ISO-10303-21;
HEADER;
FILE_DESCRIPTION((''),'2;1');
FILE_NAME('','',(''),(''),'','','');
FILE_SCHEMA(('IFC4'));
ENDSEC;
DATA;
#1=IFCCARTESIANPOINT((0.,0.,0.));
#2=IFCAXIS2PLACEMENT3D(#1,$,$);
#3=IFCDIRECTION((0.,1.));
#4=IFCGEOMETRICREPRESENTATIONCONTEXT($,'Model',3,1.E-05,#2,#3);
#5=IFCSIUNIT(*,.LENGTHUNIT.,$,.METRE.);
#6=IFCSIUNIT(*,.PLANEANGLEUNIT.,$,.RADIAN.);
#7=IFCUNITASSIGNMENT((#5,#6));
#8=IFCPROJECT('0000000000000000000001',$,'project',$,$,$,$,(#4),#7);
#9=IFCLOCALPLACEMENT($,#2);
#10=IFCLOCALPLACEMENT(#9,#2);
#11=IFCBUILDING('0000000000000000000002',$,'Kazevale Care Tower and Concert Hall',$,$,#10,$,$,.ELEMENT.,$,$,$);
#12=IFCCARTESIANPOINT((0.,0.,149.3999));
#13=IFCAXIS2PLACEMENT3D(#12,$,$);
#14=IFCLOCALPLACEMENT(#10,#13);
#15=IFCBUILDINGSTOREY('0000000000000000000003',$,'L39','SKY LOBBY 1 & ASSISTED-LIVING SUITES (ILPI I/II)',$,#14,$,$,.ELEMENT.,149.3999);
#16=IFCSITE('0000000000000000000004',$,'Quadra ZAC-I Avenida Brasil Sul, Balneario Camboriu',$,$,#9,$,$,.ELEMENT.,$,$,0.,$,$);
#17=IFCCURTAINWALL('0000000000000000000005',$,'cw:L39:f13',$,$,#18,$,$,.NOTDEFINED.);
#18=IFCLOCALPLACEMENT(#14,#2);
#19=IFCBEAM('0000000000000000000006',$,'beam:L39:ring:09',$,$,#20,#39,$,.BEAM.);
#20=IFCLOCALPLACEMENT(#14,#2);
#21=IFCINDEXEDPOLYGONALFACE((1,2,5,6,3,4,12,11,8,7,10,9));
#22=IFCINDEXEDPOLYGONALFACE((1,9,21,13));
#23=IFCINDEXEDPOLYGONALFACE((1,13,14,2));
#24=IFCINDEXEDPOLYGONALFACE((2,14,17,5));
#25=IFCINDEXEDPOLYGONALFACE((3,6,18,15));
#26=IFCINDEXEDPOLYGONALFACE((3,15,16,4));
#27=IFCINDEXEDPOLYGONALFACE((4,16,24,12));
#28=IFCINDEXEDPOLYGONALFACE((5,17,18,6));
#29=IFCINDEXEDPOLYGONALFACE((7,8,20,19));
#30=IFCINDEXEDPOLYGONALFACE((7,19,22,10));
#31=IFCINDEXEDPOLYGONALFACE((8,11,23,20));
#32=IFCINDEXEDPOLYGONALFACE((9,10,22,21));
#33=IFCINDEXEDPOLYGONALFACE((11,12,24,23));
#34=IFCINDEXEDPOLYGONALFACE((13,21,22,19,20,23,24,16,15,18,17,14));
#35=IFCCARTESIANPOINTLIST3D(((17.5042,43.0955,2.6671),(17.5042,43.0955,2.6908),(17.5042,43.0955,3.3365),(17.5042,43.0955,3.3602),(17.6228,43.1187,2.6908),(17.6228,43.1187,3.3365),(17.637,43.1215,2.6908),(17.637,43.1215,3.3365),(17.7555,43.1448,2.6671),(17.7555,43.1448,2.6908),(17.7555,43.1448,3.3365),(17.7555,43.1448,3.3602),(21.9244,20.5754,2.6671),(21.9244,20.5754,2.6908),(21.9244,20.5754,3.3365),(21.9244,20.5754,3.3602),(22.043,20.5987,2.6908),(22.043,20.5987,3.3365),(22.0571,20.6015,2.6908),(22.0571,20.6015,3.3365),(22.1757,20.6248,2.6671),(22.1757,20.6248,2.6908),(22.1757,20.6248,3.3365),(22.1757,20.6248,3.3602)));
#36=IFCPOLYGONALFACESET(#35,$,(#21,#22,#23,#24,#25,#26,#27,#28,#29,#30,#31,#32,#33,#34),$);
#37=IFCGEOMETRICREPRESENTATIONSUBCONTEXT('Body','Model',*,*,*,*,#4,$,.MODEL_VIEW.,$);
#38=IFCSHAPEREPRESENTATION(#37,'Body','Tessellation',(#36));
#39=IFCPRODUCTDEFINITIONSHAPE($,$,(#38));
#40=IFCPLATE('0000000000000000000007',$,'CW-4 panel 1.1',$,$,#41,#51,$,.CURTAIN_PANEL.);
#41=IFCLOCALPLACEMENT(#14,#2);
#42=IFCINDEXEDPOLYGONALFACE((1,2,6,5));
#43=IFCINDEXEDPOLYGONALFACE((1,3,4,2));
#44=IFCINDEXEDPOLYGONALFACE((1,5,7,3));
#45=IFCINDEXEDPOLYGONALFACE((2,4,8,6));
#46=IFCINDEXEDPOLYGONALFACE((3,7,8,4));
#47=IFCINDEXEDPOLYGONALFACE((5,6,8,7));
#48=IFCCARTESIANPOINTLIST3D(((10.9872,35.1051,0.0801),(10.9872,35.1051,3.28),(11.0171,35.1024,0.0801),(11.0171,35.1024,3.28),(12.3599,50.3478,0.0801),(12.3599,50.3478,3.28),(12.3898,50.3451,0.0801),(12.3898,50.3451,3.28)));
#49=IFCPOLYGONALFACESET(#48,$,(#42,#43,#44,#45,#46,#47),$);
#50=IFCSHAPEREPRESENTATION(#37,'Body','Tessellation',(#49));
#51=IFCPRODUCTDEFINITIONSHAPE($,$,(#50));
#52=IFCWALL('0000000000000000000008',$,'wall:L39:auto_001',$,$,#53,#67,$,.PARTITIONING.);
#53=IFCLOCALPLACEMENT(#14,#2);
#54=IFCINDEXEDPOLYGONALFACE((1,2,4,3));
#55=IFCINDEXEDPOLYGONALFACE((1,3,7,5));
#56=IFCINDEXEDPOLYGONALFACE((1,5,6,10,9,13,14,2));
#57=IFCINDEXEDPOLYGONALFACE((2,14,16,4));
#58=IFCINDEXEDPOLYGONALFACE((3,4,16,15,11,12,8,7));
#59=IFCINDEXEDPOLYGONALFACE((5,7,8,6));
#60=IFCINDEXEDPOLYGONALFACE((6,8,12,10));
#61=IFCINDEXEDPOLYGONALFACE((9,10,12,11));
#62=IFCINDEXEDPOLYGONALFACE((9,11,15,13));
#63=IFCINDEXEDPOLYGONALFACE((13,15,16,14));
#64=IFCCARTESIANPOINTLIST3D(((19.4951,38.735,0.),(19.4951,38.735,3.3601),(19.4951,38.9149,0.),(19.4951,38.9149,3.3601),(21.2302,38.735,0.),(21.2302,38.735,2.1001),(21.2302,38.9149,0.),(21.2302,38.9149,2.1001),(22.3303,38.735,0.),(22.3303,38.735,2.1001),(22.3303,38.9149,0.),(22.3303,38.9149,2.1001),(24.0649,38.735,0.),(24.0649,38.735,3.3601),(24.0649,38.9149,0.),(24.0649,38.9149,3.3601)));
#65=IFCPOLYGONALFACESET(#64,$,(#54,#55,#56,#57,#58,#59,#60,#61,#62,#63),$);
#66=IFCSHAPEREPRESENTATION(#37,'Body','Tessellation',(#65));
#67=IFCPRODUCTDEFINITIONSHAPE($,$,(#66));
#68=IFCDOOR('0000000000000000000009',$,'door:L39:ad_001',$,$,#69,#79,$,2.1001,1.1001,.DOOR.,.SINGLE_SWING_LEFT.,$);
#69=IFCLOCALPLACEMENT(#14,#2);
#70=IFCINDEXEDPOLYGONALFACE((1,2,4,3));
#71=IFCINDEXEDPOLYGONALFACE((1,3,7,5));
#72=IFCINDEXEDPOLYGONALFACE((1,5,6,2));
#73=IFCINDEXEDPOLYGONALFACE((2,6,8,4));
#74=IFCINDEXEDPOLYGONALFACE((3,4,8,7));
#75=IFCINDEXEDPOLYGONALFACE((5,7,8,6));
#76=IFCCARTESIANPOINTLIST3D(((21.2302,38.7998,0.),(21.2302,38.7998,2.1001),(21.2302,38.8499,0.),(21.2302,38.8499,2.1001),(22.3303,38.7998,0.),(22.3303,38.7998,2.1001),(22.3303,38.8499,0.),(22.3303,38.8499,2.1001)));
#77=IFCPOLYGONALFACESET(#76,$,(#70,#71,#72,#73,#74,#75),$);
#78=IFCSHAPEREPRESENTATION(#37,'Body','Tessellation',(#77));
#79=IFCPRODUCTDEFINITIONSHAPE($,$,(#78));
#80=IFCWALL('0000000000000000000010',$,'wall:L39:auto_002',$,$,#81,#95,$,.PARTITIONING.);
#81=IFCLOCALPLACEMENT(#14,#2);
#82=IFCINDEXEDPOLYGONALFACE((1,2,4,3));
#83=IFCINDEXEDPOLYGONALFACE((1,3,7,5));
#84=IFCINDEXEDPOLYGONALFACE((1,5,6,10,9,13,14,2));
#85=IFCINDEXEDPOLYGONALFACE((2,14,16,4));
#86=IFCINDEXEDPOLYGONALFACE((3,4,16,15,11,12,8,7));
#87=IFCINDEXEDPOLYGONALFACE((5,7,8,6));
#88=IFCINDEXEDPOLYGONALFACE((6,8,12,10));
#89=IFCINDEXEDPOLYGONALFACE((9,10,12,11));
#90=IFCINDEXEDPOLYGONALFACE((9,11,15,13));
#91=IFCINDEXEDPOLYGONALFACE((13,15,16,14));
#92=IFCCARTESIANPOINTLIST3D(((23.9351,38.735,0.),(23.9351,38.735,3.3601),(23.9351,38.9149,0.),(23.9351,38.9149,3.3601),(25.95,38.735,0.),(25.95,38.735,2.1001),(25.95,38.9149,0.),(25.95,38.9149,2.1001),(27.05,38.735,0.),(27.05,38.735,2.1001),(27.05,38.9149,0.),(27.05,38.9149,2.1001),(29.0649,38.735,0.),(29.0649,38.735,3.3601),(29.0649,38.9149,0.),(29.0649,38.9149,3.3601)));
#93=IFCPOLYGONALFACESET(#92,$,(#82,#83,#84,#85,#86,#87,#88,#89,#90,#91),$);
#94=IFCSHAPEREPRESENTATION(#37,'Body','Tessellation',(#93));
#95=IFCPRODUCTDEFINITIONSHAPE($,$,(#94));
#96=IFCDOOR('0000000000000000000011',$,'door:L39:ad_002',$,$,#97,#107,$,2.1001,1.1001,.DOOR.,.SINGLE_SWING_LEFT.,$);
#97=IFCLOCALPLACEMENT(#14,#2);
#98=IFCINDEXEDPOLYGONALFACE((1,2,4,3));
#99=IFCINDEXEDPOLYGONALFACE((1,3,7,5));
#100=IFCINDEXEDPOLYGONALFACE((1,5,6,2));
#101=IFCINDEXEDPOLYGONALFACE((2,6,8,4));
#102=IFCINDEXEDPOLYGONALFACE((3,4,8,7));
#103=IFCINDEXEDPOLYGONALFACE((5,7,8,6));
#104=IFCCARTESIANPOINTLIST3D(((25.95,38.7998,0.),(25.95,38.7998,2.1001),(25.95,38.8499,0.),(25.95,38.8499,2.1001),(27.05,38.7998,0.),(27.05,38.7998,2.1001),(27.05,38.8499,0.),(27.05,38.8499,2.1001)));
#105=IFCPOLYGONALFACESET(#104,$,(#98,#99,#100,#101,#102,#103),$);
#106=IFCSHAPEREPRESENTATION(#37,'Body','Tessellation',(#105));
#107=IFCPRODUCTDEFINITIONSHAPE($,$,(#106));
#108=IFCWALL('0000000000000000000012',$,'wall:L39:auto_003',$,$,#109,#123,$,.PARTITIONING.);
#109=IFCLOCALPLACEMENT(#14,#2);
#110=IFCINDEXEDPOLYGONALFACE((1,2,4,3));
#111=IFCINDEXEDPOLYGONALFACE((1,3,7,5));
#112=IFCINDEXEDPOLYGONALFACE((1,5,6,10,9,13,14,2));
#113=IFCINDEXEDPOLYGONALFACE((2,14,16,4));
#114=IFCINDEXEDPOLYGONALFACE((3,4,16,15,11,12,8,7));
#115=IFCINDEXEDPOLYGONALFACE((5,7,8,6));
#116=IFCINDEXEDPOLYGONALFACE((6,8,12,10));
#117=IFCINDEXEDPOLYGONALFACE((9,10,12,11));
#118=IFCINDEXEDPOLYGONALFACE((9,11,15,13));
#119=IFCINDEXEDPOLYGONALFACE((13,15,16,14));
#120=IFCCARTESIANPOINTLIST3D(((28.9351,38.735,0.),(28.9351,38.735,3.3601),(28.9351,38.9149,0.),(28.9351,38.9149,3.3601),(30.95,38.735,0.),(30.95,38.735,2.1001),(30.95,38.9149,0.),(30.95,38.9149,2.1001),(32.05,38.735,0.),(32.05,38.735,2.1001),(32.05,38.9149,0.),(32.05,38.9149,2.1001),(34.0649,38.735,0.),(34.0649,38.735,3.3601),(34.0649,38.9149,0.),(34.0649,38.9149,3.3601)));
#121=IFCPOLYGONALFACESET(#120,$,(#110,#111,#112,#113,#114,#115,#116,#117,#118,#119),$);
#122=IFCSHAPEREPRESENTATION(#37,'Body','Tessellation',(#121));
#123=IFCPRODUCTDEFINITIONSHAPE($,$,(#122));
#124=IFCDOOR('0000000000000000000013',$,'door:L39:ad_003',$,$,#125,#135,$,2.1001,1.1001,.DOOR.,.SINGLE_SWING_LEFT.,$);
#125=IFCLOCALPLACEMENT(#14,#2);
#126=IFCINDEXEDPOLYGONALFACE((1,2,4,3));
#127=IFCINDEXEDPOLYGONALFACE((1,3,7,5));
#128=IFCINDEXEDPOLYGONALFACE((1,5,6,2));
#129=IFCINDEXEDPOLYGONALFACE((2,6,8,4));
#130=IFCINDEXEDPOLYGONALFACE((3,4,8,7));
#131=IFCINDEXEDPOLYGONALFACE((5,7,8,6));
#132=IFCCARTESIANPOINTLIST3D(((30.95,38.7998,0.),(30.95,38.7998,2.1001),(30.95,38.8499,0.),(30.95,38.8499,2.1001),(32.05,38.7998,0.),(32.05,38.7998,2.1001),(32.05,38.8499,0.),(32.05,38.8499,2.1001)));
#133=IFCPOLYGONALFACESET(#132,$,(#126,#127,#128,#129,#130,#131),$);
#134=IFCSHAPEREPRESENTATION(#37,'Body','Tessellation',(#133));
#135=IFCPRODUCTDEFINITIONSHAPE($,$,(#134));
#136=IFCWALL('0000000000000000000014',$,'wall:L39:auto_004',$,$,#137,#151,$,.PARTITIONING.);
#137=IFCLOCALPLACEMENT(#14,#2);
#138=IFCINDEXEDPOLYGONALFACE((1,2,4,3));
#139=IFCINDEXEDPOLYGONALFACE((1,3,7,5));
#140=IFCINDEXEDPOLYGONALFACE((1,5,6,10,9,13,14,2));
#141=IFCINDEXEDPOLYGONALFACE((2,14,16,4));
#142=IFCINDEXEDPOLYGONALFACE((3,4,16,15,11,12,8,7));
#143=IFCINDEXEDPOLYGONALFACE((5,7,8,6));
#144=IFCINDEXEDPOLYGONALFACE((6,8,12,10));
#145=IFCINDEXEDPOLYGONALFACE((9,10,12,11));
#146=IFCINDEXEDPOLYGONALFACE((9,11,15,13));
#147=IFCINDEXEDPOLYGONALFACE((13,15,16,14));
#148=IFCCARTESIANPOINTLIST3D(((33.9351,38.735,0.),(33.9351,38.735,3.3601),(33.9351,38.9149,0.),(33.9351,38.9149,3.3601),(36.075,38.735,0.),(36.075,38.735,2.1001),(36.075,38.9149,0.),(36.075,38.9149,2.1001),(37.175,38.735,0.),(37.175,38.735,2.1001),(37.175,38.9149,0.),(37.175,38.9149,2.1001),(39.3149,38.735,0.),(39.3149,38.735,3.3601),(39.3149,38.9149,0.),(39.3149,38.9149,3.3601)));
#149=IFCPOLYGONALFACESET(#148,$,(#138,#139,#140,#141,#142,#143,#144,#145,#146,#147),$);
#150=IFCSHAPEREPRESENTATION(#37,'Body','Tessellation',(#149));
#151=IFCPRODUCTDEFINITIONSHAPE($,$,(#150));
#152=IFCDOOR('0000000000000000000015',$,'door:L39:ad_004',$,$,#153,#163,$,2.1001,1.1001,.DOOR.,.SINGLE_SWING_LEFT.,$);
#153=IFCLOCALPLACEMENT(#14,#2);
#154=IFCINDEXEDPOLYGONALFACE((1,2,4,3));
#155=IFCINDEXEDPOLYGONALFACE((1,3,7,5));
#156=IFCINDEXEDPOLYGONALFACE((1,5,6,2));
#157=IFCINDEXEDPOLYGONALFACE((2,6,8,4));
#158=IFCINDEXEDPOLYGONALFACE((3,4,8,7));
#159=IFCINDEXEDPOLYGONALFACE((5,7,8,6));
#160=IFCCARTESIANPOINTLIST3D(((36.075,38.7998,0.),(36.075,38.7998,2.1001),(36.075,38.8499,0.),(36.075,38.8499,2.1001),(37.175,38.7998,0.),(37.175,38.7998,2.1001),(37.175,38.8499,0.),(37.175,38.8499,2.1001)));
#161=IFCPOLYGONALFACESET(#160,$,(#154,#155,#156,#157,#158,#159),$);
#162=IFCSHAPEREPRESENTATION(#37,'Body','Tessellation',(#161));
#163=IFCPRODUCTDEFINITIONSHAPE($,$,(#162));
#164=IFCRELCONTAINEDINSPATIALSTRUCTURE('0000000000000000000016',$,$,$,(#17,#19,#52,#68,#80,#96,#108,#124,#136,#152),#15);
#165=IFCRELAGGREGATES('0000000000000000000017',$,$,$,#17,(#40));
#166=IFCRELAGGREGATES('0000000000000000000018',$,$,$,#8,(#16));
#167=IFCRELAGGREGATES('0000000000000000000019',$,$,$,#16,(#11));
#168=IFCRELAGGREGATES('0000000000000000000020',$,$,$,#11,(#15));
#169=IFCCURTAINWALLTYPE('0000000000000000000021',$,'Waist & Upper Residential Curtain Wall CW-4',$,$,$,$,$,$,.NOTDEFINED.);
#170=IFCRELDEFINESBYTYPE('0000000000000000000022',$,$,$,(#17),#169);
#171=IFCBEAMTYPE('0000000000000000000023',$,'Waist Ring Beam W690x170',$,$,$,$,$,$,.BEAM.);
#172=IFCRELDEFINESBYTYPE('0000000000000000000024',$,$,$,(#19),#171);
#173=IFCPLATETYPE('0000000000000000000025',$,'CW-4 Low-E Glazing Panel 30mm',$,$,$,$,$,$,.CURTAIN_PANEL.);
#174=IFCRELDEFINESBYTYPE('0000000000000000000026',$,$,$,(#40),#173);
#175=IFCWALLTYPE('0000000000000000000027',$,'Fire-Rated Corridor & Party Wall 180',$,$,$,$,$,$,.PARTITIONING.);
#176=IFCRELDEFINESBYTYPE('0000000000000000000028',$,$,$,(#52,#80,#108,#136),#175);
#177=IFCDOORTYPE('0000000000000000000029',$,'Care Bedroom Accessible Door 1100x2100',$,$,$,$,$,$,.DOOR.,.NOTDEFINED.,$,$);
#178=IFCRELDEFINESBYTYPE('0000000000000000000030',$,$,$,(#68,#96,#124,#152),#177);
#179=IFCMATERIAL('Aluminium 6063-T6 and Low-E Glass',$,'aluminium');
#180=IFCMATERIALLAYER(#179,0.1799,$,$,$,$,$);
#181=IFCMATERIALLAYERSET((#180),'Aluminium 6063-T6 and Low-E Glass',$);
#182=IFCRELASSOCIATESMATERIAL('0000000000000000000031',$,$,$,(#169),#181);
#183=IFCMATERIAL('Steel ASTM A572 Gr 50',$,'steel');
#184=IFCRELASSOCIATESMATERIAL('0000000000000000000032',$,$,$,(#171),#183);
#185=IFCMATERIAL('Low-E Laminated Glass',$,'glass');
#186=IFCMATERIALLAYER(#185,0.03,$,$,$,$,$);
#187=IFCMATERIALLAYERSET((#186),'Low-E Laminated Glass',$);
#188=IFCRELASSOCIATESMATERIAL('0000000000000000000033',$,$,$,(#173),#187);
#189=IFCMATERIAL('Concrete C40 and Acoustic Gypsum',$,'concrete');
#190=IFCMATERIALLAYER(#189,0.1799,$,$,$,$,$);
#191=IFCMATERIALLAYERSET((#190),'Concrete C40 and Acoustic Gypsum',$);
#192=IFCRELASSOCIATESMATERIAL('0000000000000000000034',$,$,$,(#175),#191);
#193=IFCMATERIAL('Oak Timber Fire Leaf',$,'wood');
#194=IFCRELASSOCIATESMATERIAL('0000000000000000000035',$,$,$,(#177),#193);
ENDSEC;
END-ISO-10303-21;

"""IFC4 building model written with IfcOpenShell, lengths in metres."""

from ifc_helpers import new_model, si_unit, direction, frame, frame_2d, origin, origin_2d, place, context, subcontext, project, spatial, rectangle, i_section, extrude, material, layer, layer_set, material_profile, profile_set, type_object, element, fill, aggregate, save


model = new_model("IFC4")

# Units and contexts
model_context = context("Model", 3, precision=1e-05, world=origin(), true_north=direction((0.0, 1.0)))
body_context = subcontext(model_context, "Body", "Model", "MODEL_VIEW")
ifc_project = project(units=[si_unit("LENGTHUNIT", "METRE"), si_unit("PLANEANGLEUNIT", "RADIAN")], contexts=[model_context])

# Site, building, storey
site_placement = place(None, origin())
site = spatial("IfcSite", under=ifc_project, at=site_placement, Name="Quadra ZAC-I Avenida Brasil Sul, Balneario Camboriu", CompositionType="ELEMENT", RefElevation=0.0)
building_placement = place(site_placement, origin())
building = spatial("IfcBuilding", under=site, at=building_placement, Name="Kazevale Care Tower and Concert Hall", CompositionType="ELEMENT")
storey_placement = place(building_placement, frame((0.0, 0.0, 149.3999)))
storey = spatial("IfcBuildingStorey", under=building, at=storey_placement, Name="L39", Description="SKY LOBBY 1 & ASSISTED-LIVING SUITES (ILPI I/II)", CompositionType="ELEMENT", Elevation=149.3999)

# Curtain wall
ifc_material_1 = material(Name="Aluminium 6063-T6 and Low-E Glass", Category="aluminium")
ifc_layer_1 = layer(ifc_material_1, 0.1799)
ifc_layer_set_1 = layer_set([ifc_layer_1], Name="Aluminium 6063-T6 and Low-E Glass")
curtain_wall_type = type_object("IfcCurtainWallType", Name="Waist & Upper Residential Curtain Wall CW-4", PredefinedType="NOTDEFINED", material=ifc_layer_set_1)
curtain_wall_placement = place(storey_placement, origin())
curtain_wall = element("IfcCurtainWall", 1, at=curtain_wall_placement, inside=storey, type_object=curtain_wall_type, Name="cw:L39:f13", PredefinedType="NOTDEFINED")

# Beam
ifc_material_2 = material(Name="Steel ASTM A572 Gr 50", Category="steel")
ifc_material_profile_1 = material_profile(ifc_material_2, i_section(OverallWidth=0.2561, OverallDepth=0.6931, WebThickness=0.0144, FlangeThickness=0.0237, at=origin_2d()), Name="W690x170")
ifc_profile_set_1 = profile_set([ifc_material_profile_1], Name="Steel ASTM A572 Gr 50")
beam_type_1 = type_object("IfcBeamType", Name="Waist Ring Beam W690x170", PredefinedType="BEAM", material=ifc_profile_set_1)
beam_1_placement = place(storey_placement, frame((17.6299, 43.1201, 3.0137), z_axis=(0.192602, -0.981277, 0.0), x_axis=(0.981277, 0.192602, 0.0)))
element("IfcBeam", 2, at=beam_1_placement, inside=storey, type_object=beam_type_1, Name="beam:L39:ring:09", PredefinedType="BEAM", context=body_context, shape_type="SweptSolid", body=[
    extrude(i_section(OverallWidth=0.2561, OverallDepth=0.6931, WebThickness=0.0144, FlangeThickness=0.0237, at=origin_2d()), origin(), (0.0, 0.0, 1.0), 22.9497),
])

# Plate
ifc_material_3 = material(Name="Low-E Laminated Glass", Category="glass")
ifc_layer_2 = layer(ifc_material_3, 0.03)
ifc_layer_set_2 = layer_set([ifc_layer_2], Name="Low-E Laminated Glass")
plate_type = type_object("IfcPlateType", Name="CW-4 Low-E Glazing Panel 30mm", PredefinedType="CURTAIN_PANEL", material=ifc_layer_set_2)
plate_placement = place(storey_placement, frame((11.6885, 42.7251, 0.0801), z_axis=(0.0, 0.0, 1.0), x_axis=(0.08969, 0.99597, 0.0)))
plate = element("IfcPlate", 3, at=plate_placement, type_object=plate_type, Name="CW-4 panel 1.1", PredefinedType="CURTAIN_PANEL", context=body_context, shape_type="SweptSolid", body=[
    extrude(rectangle(XDim=15.3044, YDim=0.03, at=origin_2d()), origin(), (0.0, 0.0, 1.0), 3.2),
])
aggregate(curtain_wall, [plate])

# Walls, openings, doors
ifc_material_4 = material(Name="Concrete C40 and Acoustic Gypsum", Category="concrete")
ifc_layer_3 = layer(ifc_material_4, 0.1799)
ifc_layer_set_3 = layer_set([ifc_layer_3], Name="Concrete C40 and Acoustic Gypsum")
wall_type = type_object("IfcWallType", Name="Fire-Rated Corridor & Party Wall 180", PredefinedType="PARTITIONING", material=ifc_layer_set_3)
wall_1_placement = place(storey_placement, frame((19.4951, 38.825, 0.0), z_axis=(0.0, 0.0, 1.0), x_axis=(1.0, 0.0, 0.0)))
wall_1 = element("IfcWall", 4, at=wall_1_placement, inside=storey, type_object=wall_type, Name="wall:L39:auto_001", PredefinedType="PARTITIONING", context=body_context, shape_type="SweptSolid", body=[
    extrude(rectangle(XDim=4.5698, YDim=0.1799, at=frame_2d((2.2849, 0.0))), origin(), (0.0, 0.0, 1.0), 3.3601),
])
opening_1_placement = place(wall_1_placement, frame((1.7351, 0.0, 0.0)))
opening_1 = element("IfcOpeningElement", 5, at=opening_1_placement, cuts=wall_1, PredefinedType="OPENING", context=body_context, shape_type="SweptSolid", body=[
    extrude(rectangle(XDim=1.1001, YDim=2.1001, at=frame_2d((0.55, 1.05))), frame((0.0, 0.0999, 0.0), z_axis=(0.0, -1.0, 0.0), x_axis=(1.0, 0.0, 0.0)), (0.0, 0.0, 1.0), 0.2),
])
ifc_material_5 = material(Name="Oak Timber Fire Leaf", Category="wood")
door_type = type_object("IfcDoorType", Name="Care Bedroom Accessible Door 1100x2100", OperationType="NOTDEFINED", PredefinedType="DOOR", material=ifc_material_5)
door_1_placement = place(opening_1_placement, origin())
door_1 = element("IfcDoor", 6, at=door_1_placement, inside=storey, type_object=door_type, Name="door:L39:ad_001", OperationType="SINGLE_SWING_LEFT", OverallHeight=2.1001, OverallWidth=1.1001, PredefinedType="DOOR", context=body_context, shape_type="SweptSolid", body=[
    extrude(rectangle(XDim=1.1001, YDim=2.1001, at=frame_2d((0.55, 1.05))), frame((0.0, 0.0249, 0.0), z_axis=(0.0, -1.0, 0.0), x_axis=(1.0, 0.0, 0.0)), (0.0, 0.0, 1.0), 0.05),
])
fill(opening_1, door_1)
wall_2_placement = place(storey_placement, frame((23.9351, 38.825, 0.0), z_axis=(0.0, 0.0, 1.0), x_axis=(1.0, 0.0, 0.0)))
wall_2 = element("IfcWall", 7, at=wall_2_placement, inside=storey, type_object=wall_type, Name="wall:L39:auto_002", PredefinedType="PARTITIONING", context=body_context, shape_type="SweptSolid", body=[
    extrude(rectangle(XDim=5.1299, YDim=0.1799, at=frame_2d((2.5649, 0.0))), origin(), (0.0, 0.0, 1.0), 3.3601),
])
opening_2_placement = place(wall_2_placement, frame((2.0149, 0.0, 0.0)))
opening_2 = element("IfcOpeningElement", 8, at=opening_2_placement, cuts=wall_2, PredefinedType="OPENING", context=body_context, shape_type="SweptSolid", body=[
    extrude(rectangle(XDim=1.1001, YDim=2.1001, at=frame_2d((0.55, 1.05))), frame((0.0, 0.0999, 0.0), z_axis=(0.0, -1.0, 0.0), x_axis=(1.0, 0.0, 0.0)), (0.0, 0.0, 1.0), 0.2),
])
door_2_placement = place(opening_2_placement, origin())
door_2 = element("IfcDoor", 9, at=door_2_placement, inside=storey, type_object=door_type, Name="door:L39:ad_002", OperationType="SINGLE_SWING_LEFT", OverallHeight=2.1001, OverallWidth=1.1001, PredefinedType="DOOR", context=body_context, shape_type="SweptSolid", body=[
    extrude(rectangle(XDim=1.1001, YDim=2.1001, at=frame_2d((0.55, 1.05))), frame((0.0, 0.0249, 0.0), z_axis=(0.0, -1.0, 0.0), x_axis=(1.0, 0.0, 0.0)), (0.0, 0.0, 1.0), 0.05),
])
fill(opening_2, door_2)
wall_3_placement = place(storey_placement, frame((28.9351, 38.825, 0.0), z_axis=(0.0, 0.0, 1.0), x_axis=(1.0, 0.0, 0.0)))
wall_3 = element("IfcWall", 10, at=wall_3_placement, inside=storey, type_object=wall_type, Name="wall:L39:auto_003", PredefinedType="PARTITIONING", context=body_context, shape_type="SweptSolid", body=[
    extrude(rectangle(XDim=5.1299, YDim=0.1799, at=frame_2d((2.5649, 0.0))), origin(), (0.0, 0.0, 1.0), 3.3601),
])
opening_3_placement = place(wall_3_placement, frame((2.0149, 0.0, 0.0)))
opening_3 = element("IfcOpeningElement", 11, at=opening_3_placement, cuts=wall_3, PredefinedType="OPENING", context=body_context, shape_type="SweptSolid", body=[
    extrude(rectangle(XDim=1.1001, YDim=2.1001, at=frame_2d((0.55, 1.05))), frame((0.0, 0.0999, 0.0), z_axis=(0.0, -1.0, 0.0), x_axis=(1.0, 0.0, 0.0)), (0.0, 0.0, 1.0), 0.2),
])
door_3_placement = place(opening_3_placement, origin())
door_3 = element("IfcDoor", 12, at=door_3_placement, inside=storey, type_object=door_type, Name="door:L39:ad_003", OperationType="SINGLE_SWING_LEFT", OverallHeight=2.1001, OverallWidth=1.1001, PredefinedType="DOOR", context=body_context, shape_type="SweptSolid", body=[
    extrude(rectangle(XDim=1.1001, YDim=2.1001, at=frame_2d((0.55, 1.05))), frame((0.0, 0.0249, 0.0), z_axis=(0.0, -1.0, 0.0), x_axis=(1.0, 0.0, 0.0)), (0.0, 0.0, 1.0), 0.05),
])
fill(opening_3, door_3)
wall_4_placement = place(storey_placement, frame((33.9351, 38.825, 0.0), z_axis=(0.0, 0.0, 1.0), x_axis=(1.0, 0.0, 0.0)))
wall_4 = element("IfcWall", 13, at=wall_4_placement, inside=storey, type_object=wall_type, Name="wall:L39:auto_004", PredefinedType="PARTITIONING", context=body_context, shape_type="SweptSolid", body=[
    extrude(rectangle(XDim=5.3799, YDim=0.1799, at=frame_2d((2.6899, 0.0))), origin(), (0.0, 0.0, 1.0), 3.3601),
])
opening_4_placement = place(wall_4_placement, frame((2.1399, 0.0, 0.0)))
opening_4 = element("IfcOpeningElement", 14, at=opening_4_placement, cuts=wall_4, PredefinedType="OPENING", context=body_context, shape_type="SweptSolid", body=[
    extrude(rectangle(XDim=1.1001, YDim=2.1001, at=frame_2d((0.55, 1.05))), frame((0.0, 0.0999, 0.0), z_axis=(0.0, -1.0, 0.0), x_axis=(1.0, 0.0, 0.0)), (0.0, 0.0, 1.0), 0.2),
])
door_4_placement = place(opening_4_placement, origin())
door_4 = element("IfcDoor", 15, at=door_4_placement, inside=storey, type_object=door_type, Name="door:L39:ad_004", OperationType="SINGLE_SWING_LEFT", OverallHeight=2.1001, OverallWidth=1.1001, PredefinedType="DOOR", context=body_context, shape_type="SweptSolid", body=[
    extrude(rectangle(XDim=1.1001, YDim=2.1001, at=frame_2d((0.55, 1.05))), frame((0.0, 0.0249, 0.0), z_axis=(0.0, -1.0, 0.0), x_axis=(1.0, 0.0, 0.0)), (0.0, 0.0, 1.0), 0.05),
])
fill(opening_4, door_4)

save(model, "model.ifc")
